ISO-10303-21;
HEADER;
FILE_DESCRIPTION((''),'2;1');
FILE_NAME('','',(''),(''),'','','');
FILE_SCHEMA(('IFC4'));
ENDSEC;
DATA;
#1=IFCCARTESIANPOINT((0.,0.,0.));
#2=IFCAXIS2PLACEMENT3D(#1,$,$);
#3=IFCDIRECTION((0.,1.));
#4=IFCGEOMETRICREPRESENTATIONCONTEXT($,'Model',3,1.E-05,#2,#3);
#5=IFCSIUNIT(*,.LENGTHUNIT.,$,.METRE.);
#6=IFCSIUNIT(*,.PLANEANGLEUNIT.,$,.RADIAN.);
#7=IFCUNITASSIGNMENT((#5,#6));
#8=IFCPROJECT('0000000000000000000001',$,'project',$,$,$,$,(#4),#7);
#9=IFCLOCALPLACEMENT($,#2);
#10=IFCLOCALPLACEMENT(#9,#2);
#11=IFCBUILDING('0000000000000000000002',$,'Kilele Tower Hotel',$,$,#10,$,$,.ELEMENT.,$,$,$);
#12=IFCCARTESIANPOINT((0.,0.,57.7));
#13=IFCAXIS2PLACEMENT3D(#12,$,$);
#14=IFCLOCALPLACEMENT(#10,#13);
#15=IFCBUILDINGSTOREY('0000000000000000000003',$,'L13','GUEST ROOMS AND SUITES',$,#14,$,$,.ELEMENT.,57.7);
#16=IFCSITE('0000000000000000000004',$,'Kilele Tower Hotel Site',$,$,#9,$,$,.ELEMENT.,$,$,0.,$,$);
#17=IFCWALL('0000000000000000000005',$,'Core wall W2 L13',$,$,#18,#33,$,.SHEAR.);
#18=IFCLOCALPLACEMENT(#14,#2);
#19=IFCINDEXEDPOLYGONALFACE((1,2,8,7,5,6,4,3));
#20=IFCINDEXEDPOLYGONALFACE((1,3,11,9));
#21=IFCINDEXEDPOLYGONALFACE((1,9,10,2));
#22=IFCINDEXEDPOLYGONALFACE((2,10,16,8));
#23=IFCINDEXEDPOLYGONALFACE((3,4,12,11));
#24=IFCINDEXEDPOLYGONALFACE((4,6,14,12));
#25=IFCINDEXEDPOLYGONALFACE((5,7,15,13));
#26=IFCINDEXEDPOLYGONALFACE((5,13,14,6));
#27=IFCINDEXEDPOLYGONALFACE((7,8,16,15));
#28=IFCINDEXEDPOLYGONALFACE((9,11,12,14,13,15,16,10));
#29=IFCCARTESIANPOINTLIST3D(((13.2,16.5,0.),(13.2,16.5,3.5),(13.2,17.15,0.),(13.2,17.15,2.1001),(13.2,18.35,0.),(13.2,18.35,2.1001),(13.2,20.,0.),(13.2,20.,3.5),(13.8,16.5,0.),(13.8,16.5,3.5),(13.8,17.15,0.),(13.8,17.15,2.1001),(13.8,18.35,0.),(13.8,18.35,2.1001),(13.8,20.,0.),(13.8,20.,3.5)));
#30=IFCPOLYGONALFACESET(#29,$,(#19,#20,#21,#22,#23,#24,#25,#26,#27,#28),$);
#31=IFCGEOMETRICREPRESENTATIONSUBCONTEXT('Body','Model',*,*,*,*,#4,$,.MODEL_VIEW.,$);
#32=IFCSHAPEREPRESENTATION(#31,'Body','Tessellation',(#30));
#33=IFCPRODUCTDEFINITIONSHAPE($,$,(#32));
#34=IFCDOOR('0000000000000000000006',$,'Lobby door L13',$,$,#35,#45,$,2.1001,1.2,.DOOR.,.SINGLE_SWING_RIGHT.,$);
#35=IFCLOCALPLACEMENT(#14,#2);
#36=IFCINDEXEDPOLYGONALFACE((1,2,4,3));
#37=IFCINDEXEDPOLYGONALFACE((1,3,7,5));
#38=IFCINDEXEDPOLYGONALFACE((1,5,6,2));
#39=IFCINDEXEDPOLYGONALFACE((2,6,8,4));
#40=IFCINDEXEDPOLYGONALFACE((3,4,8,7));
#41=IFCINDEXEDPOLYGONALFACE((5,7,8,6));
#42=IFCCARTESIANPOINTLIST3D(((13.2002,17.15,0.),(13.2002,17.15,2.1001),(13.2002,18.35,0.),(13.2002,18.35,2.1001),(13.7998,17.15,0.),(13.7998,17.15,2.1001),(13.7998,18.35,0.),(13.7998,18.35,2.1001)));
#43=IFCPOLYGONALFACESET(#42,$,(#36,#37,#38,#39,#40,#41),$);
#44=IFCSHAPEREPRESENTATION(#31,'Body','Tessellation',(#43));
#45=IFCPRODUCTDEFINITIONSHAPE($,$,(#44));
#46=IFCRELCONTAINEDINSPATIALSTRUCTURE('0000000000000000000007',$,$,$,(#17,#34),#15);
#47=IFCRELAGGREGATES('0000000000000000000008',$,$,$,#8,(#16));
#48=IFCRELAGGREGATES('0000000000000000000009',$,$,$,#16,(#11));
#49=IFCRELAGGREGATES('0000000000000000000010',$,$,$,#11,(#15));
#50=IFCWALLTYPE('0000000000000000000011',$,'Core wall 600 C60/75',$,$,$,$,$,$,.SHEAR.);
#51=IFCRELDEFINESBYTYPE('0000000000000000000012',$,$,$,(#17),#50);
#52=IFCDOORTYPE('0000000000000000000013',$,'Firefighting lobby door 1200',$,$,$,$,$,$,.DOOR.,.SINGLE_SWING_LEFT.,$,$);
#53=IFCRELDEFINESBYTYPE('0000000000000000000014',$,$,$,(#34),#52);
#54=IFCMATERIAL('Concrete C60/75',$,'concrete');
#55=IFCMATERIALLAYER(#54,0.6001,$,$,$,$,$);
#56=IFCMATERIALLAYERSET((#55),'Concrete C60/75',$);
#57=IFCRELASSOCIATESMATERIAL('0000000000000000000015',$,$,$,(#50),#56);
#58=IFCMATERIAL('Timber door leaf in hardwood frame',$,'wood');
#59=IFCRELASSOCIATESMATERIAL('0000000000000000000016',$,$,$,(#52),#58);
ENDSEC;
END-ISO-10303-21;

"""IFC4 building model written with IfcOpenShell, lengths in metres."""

from ifc_helpers import new_model, si_unit, direction, frame, frame_2d, origin, place, context, subcontext, project, spatial, rectangle, extrude, material, layer, layer_set, type_object, element, fill, save


model = new_model("IFC4")

# Units and contexts
model_context = context("Model", 3, precision=1e-05, world=origin(), true_north=direction((0.0, 1.0)))
body_context = subcontext(model_context, "Body", "Model", "MODEL_VIEW")
ifc_project = project(units=[si_unit("LENGTHUNIT", "METRE"), si_unit("PLANEANGLEUNIT", "RADIAN")], contexts=[model_context])

# Site, building, storey
site_placement = place(None, origin())
site = spatial("IfcSite", under=ifc_project, at=site_placement, Name="Kilele Tower Hotel Site", CompositionType="ELEMENT", RefElevation=0.0)
building_placement = place(site_placement, origin())
building = spatial("IfcBuilding", under=site, at=building_placement, Name="Kilele Tower Hotel", CompositionType="ELEMENT")
storey_placement = place(building_placement, frame((0.0, 0.0, 57.7)))
storey = spatial("IfcBuildingStorey", under=building, at=storey_placement, Name="L13", Description="GUEST ROOMS AND SUITES", CompositionType="ELEMENT", Elevation=57.7)

# Shared definitions
ifc_material_1 = material(Name="Concrete C60/75", Category="concrete")
ifc_layer_1 = layer(ifc_material_1, 0.6001)
ifc_layer_set_1 = layer_set([ifc_layer_1], Name="Concrete C60/75")
wall_type_1 = type_object("IfcWallType", Name="Core wall 600 C60/75", PredefinedType="SHEAR", material=ifc_layer_set_1)

# Wall, opening, door
wall_1_placement = place(storey_placement, frame((13.5, 20.0, 0.0), z_axis=(0.0, 0.0, 1.0), x_axis=(0.0, -1.0, 0.0)))
wall_1 = element("IfcWall", 1, at=wall_1_placement, inside=storey, type_object=wall_type_1, Name="Core wall W2 L13", PredefinedType="SHEAR", context=body_context, shape_type="SweptSolid", body=[
    extrude(rectangle(XDim=3.5, YDim=0.6001, at=frame_2d((1.75, 0.0))), origin(), (0.0, 0.0, 1.0), 3.5),
])
opening_1_placement = place(wall_1_placement, frame((1.6499, 0.0, 0.0)))
opening_1 = element("IfcOpeningElement", 2, at=opening_1_placement, cuts=wall_1, PredefinedType="OPENING", context=body_context, shape_type="SweptSolid", body=[
    extrude(rectangle(XDim=1.2, YDim=2.1001, at=frame_2d((0.6001, 1.05))), frame((0.0, 0.3101, 0.0), z_axis=(0.0, -1.0, 0.0), x_axis=(1.0, 0.0, 0.0)), (0.0, 0.0, 1.0), 0.6201),
])
ifc_material_2 = material(Name="Timber door leaf in hardwood frame", Category="wood")
door_type_1 = type_object("IfcDoorType", Name="Firefighting lobby door 1200", OperationType="SINGLE_SWING_LEFT", PredefinedType="DOOR", material=ifc_material_2)
door_1_placement = place(opening_1_placement, origin())
door_1 = element("IfcDoor", 3, at=door_1_placement, inside=storey, type_object=door_type_1, Name="Lobby door L13", OperationType="SINGLE_SWING_RIGHT", OverallHeight=2.1001, OverallWidth=1.2, PredefinedType="DOOR", context=body_context, shape_type="SweptSolid", body=[
    extrude(rectangle(XDim=1.2, YDim=2.1001, at=frame_2d((0.6001, 1.05))), frame((0.0, 0.2998, 0.0), z_axis=(0.0, -1.0, 0.0), x_axis=(1.0, 0.0, 0.0)), (0.0, 0.0, 1.0), 0.5996),
])
fill(opening_1, door_1)

save(model, "model.ifc")
